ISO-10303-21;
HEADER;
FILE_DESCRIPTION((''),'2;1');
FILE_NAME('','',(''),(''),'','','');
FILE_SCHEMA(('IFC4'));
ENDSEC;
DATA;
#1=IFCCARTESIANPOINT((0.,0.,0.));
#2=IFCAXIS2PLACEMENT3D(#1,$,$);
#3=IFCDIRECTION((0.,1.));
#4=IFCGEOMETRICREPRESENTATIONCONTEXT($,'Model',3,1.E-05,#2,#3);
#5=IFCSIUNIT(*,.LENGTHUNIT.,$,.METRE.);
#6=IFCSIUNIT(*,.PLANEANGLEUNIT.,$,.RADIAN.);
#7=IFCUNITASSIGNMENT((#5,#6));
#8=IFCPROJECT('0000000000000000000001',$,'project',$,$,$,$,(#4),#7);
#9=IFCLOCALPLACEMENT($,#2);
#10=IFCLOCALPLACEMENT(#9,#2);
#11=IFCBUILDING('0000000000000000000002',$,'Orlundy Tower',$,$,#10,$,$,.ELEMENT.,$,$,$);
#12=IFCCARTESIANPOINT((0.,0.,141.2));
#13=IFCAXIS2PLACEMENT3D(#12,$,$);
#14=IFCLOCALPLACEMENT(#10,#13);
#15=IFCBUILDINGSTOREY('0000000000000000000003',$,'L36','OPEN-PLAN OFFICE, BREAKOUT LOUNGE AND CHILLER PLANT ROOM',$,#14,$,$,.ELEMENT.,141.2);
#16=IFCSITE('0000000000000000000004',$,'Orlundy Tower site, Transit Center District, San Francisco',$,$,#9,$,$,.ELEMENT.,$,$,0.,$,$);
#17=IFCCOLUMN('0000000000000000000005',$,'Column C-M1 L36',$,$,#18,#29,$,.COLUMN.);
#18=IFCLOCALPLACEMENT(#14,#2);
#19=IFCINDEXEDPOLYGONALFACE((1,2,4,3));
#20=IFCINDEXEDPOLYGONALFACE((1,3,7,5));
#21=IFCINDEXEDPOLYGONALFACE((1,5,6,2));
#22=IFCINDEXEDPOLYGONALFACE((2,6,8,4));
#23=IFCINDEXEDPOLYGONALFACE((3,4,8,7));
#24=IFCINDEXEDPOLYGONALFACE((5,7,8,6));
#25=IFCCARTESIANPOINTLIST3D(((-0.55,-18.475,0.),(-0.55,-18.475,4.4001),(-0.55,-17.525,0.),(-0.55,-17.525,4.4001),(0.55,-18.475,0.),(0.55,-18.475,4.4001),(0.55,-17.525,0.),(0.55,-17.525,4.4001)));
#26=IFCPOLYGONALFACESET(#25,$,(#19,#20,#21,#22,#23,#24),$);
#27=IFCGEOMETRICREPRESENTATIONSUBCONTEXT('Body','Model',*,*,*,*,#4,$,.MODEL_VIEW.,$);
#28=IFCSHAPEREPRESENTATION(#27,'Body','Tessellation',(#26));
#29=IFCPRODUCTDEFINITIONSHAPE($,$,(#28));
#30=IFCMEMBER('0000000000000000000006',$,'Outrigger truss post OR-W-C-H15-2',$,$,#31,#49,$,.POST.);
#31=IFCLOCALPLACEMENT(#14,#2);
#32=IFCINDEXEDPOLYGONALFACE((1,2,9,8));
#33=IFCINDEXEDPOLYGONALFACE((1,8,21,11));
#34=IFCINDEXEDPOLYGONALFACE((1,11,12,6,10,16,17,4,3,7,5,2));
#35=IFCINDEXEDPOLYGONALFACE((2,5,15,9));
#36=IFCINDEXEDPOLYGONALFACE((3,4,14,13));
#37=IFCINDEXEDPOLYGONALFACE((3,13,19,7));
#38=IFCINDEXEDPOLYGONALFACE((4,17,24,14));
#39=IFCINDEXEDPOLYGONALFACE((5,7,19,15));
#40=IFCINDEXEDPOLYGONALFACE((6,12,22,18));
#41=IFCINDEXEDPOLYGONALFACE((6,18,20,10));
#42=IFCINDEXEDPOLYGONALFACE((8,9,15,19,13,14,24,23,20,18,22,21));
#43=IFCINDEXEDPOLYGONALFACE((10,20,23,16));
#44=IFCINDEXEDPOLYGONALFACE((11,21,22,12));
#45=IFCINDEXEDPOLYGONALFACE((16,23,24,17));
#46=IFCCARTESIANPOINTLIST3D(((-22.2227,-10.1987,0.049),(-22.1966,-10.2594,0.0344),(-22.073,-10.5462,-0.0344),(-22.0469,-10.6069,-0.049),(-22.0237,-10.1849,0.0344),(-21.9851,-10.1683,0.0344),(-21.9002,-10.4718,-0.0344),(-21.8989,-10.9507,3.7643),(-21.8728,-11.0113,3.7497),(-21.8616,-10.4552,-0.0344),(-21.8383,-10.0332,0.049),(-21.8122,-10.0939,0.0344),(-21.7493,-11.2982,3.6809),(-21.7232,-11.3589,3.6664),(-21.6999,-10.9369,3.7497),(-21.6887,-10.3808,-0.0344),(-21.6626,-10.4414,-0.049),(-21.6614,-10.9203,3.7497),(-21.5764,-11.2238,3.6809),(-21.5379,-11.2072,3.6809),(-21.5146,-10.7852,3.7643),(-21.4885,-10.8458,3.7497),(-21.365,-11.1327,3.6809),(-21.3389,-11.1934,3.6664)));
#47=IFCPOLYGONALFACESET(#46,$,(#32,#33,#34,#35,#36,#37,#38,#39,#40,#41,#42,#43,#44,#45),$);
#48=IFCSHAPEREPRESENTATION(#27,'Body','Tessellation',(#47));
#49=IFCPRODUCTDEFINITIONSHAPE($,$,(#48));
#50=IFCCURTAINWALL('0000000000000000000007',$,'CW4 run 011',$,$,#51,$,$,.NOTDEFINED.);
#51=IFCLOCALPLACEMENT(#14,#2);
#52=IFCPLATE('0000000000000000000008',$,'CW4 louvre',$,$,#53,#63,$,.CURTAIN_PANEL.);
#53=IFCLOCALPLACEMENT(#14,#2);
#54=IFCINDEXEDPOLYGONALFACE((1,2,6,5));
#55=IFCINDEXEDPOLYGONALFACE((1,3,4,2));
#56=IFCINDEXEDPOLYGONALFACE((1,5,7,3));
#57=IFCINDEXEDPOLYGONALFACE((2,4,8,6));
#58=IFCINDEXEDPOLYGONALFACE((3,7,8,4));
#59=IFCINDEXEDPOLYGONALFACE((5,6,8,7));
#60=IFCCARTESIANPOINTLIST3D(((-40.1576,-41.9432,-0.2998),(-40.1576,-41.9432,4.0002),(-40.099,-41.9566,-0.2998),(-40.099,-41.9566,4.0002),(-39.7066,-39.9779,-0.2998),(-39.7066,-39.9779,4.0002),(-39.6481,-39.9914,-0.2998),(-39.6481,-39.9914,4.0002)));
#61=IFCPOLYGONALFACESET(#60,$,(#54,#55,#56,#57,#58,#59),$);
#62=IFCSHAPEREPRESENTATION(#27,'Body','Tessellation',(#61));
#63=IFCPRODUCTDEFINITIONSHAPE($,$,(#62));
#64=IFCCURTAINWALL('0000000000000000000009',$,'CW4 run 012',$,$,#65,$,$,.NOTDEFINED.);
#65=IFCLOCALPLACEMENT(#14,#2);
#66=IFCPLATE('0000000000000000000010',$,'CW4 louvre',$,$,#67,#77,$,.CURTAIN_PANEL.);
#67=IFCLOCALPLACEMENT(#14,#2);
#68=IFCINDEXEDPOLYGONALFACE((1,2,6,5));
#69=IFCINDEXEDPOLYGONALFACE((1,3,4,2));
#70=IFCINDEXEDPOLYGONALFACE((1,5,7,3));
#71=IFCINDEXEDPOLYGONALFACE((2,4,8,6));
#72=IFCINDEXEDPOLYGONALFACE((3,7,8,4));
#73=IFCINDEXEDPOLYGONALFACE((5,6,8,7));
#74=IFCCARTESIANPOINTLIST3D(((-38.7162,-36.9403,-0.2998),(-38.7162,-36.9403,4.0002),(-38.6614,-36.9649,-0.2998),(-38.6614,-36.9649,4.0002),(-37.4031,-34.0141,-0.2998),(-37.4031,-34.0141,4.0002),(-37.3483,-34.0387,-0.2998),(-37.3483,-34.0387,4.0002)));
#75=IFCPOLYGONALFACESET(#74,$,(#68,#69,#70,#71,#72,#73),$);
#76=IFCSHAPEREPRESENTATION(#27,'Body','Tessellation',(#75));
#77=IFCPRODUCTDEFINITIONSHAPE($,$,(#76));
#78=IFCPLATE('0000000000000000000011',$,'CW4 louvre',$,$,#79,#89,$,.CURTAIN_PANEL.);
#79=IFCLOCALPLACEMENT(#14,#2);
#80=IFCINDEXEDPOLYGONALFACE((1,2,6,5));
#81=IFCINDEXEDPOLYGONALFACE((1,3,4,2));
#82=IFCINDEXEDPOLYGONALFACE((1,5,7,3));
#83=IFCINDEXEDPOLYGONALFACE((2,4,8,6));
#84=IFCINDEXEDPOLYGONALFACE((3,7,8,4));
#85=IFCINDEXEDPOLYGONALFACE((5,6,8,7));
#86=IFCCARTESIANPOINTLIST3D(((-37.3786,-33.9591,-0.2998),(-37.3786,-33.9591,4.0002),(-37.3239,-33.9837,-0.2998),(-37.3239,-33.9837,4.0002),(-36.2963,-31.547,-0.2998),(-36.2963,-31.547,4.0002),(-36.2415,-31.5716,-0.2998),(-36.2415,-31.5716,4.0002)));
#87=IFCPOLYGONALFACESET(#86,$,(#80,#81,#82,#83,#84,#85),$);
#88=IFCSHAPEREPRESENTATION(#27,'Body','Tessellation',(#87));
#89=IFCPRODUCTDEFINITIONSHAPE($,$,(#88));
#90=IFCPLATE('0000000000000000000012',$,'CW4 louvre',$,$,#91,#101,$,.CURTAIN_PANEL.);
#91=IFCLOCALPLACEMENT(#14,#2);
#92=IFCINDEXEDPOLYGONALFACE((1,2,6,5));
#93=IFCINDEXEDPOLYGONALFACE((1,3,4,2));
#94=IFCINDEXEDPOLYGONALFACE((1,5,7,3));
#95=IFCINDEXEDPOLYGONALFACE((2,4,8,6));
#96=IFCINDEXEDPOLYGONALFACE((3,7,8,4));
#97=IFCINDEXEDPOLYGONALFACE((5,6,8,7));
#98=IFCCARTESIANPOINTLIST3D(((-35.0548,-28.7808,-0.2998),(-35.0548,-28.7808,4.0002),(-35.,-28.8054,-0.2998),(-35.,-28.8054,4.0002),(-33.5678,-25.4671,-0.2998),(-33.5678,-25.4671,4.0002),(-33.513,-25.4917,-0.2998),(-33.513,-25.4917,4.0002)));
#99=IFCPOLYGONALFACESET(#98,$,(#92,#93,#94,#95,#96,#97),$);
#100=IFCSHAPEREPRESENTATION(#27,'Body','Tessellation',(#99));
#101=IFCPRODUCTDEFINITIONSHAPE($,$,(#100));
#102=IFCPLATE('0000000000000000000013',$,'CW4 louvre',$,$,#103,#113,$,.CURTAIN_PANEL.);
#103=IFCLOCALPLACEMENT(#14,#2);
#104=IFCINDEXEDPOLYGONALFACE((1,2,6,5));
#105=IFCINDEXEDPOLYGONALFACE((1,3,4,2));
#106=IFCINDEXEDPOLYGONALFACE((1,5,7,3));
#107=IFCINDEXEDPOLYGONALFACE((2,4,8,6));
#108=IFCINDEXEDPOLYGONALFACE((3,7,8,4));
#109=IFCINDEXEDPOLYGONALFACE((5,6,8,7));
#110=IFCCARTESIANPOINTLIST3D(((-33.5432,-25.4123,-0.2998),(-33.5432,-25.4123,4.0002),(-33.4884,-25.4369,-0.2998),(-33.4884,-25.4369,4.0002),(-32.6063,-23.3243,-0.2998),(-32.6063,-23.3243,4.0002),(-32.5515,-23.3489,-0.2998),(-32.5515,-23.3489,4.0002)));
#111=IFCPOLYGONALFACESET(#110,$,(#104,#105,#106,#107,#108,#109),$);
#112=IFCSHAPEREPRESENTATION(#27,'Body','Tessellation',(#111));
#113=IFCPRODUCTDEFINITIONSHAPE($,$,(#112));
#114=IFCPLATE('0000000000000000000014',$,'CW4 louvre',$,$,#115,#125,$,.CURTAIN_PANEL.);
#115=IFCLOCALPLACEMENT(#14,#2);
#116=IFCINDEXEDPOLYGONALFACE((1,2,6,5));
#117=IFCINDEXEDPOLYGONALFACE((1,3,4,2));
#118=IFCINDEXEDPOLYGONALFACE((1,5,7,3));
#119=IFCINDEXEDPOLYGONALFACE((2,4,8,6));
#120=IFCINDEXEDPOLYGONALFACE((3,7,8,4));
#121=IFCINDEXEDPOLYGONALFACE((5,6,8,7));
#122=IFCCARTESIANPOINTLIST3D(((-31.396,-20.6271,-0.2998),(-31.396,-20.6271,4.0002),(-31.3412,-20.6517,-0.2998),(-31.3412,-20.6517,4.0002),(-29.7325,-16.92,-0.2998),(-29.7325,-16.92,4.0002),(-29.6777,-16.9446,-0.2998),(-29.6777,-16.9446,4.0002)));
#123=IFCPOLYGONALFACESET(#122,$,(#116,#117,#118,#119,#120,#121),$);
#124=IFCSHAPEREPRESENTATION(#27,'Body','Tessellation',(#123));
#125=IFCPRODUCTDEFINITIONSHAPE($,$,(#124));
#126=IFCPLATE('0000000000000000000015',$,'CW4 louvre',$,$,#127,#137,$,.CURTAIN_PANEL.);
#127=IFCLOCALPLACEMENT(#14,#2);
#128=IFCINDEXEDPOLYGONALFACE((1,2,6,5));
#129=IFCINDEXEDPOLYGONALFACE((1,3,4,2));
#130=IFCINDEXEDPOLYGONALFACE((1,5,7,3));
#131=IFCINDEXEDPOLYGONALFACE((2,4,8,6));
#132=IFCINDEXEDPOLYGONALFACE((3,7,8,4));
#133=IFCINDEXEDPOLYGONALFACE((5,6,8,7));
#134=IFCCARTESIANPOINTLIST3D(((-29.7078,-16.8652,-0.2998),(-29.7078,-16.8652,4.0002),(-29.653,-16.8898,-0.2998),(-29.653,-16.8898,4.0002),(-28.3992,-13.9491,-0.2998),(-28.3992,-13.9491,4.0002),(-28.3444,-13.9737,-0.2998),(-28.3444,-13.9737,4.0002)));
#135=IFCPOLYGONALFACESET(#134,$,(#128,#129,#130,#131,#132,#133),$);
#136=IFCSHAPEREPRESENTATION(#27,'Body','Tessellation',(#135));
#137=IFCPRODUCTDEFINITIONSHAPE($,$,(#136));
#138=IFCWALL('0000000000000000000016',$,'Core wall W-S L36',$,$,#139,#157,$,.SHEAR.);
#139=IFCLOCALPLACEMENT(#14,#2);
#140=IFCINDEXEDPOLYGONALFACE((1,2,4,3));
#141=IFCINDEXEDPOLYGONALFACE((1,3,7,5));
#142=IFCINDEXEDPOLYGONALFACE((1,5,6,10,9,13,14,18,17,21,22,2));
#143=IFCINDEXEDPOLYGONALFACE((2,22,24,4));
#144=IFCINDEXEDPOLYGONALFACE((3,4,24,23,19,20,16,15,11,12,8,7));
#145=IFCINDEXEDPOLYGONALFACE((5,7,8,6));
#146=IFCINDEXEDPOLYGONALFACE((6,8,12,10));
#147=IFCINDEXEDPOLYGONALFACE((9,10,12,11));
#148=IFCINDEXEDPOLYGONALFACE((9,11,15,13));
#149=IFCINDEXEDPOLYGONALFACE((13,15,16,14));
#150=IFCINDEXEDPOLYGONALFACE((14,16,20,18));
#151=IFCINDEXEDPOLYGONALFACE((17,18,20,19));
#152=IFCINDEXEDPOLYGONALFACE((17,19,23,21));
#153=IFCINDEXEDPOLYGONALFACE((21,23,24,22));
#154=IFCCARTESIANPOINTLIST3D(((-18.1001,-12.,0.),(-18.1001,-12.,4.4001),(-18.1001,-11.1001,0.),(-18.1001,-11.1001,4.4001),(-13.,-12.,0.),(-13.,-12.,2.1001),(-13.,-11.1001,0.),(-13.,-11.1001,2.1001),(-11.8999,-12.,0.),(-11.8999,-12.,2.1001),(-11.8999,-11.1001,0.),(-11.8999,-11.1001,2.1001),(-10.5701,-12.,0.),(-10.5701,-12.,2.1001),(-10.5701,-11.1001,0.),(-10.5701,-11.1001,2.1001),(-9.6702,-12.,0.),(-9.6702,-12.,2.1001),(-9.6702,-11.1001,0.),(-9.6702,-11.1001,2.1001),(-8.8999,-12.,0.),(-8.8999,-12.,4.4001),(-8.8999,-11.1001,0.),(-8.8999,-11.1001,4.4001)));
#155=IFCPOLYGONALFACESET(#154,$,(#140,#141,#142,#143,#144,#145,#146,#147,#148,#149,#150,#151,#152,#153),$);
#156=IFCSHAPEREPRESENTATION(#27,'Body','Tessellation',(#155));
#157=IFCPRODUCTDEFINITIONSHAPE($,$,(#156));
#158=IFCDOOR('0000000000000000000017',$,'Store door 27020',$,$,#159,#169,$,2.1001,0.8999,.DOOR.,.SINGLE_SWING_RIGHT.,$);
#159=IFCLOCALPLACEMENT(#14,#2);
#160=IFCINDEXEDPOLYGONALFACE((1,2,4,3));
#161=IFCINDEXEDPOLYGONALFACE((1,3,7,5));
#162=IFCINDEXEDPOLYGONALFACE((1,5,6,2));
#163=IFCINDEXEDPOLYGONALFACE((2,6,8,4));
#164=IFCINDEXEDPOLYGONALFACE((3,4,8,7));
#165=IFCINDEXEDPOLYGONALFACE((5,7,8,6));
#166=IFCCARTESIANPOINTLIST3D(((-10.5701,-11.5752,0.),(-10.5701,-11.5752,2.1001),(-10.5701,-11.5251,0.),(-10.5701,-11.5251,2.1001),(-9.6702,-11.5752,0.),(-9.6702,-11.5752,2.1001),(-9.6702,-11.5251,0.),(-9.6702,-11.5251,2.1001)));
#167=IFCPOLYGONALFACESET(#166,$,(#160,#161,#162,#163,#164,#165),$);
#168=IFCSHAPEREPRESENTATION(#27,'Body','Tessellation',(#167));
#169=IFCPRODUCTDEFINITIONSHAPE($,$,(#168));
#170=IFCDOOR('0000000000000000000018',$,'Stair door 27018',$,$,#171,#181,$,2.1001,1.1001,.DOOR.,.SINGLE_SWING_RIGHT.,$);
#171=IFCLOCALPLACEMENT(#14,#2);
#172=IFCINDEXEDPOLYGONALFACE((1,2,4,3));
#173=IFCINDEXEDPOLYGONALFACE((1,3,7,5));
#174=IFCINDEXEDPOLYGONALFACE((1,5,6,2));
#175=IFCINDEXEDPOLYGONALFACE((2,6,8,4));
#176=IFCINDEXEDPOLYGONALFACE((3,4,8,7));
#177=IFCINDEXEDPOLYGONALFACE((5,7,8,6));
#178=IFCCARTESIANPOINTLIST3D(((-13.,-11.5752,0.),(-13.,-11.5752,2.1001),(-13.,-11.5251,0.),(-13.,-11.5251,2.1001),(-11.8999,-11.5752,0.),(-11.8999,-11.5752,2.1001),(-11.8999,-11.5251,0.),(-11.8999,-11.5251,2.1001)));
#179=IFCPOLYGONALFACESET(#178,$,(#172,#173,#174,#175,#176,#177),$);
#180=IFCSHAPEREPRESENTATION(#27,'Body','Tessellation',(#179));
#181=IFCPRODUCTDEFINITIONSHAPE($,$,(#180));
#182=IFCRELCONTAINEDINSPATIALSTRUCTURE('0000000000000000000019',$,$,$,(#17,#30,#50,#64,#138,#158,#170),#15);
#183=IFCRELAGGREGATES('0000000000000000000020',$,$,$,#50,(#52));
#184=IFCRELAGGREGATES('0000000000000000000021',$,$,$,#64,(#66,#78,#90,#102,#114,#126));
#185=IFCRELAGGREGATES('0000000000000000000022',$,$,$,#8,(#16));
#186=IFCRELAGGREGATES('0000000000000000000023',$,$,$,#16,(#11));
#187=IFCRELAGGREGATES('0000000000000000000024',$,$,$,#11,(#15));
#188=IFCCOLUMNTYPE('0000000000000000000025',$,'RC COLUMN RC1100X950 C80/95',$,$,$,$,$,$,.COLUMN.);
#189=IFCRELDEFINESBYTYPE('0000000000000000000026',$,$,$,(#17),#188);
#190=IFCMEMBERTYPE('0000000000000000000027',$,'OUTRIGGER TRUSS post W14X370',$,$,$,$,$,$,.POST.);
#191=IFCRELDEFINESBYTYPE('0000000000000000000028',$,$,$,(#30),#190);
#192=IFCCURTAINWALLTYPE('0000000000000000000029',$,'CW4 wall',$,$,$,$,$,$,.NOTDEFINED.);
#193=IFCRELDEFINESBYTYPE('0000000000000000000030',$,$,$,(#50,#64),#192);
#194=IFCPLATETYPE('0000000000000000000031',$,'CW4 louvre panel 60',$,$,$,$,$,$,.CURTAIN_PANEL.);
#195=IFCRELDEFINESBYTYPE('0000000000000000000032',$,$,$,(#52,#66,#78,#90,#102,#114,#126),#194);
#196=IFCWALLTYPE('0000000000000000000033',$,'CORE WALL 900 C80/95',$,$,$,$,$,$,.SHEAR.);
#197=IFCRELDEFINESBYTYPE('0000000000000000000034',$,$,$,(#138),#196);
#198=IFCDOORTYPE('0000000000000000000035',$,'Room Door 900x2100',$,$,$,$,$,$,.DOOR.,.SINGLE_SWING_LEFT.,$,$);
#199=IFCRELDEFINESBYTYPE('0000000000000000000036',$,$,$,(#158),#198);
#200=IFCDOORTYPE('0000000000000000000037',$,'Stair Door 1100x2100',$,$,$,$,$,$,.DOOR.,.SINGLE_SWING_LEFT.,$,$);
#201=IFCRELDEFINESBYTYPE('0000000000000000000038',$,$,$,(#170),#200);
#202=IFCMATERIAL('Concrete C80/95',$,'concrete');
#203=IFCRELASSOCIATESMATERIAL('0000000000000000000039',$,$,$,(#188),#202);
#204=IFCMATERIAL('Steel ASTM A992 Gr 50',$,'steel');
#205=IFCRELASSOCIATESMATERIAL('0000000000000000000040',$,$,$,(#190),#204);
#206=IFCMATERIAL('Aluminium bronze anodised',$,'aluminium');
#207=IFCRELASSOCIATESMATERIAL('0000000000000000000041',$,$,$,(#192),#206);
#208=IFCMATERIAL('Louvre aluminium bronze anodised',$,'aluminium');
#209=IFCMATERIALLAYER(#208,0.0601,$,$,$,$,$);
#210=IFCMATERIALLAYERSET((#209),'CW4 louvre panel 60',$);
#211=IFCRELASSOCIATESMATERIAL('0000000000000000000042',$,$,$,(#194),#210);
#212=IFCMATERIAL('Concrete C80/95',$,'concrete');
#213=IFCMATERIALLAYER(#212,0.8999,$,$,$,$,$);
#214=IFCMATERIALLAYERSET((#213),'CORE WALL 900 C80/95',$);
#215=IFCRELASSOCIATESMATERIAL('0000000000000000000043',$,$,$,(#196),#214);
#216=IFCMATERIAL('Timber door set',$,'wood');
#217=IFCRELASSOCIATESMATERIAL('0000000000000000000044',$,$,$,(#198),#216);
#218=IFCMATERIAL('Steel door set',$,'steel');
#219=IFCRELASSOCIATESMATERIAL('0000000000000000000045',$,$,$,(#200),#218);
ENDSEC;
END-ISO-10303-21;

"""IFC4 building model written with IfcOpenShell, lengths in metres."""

from ifc_helpers import new_model, si_unit, direction, frame, frame_2d, origin, origin_2d, place, context, subcontext, project, spatial, rectangle, i_section, extrude, material, layer, layer_set, material_profile, profile_set, type_object, element, fill, aggregate, save


model = new_model("IFC4")

# Units and contexts
model_context = context("Model", 3, precision=1e-05, world=origin(), true_north=direction((0.0, 1.0)))
body_context = subcontext(model_context, "Body", "Model", "MODEL_VIEW")
ifc_project = project(units=[si_unit("LENGTHUNIT", "METRE"), si_unit("PLANEANGLEUNIT", "RADIAN")], contexts=[model_context])

# Site, building, storey
site_placement = place(None, origin())
site = spatial("IfcSite", under=ifc_project, at=site_placement, Name="Orlundy Tower site, Transit Center District, San Francisco", CompositionType="ELEMENT", RefElevation=0.0)
building_placement = place(site_placement, origin())
building = spatial("IfcBuilding", under=site, at=building_placement, Name="Orlundy Tower", CompositionType="ELEMENT")
storey_placement = place(building_placement, frame((0.0, 0.0, 141.2)))
storey = spatial("IfcBuildingStorey", under=building, at=storey_placement, Name="L36", Description="OPEN-PLAN OFFICE, BREAKOUT LOUNGE AND CHILLER PLANT ROOM", CompositionType="ELEMENT", Elevation=141.2)

# Column
ifc_material_1 = material(Name="Concrete C80/95", Category="concrete")
ifc_material_profile_1 = material_profile(ifc_material_1, rectangle(XDim=1.1001, YDim=0.95, at=origin_2d()), Name="RC1100X950")
ifc_profile_set_1 = profile_set([ifc_material_profile_1], Name="Concrete C80/95")
column_type = type_object("IfcColumnType", Name="RC COLUMN RC1100X950 C80/95", PredefinedType="COLUMN", material=ifc_profile_set_1)
column_placement = place(storey_placement, frame((0.0, -18.0, 0.0), z_axis=(0.0, 0.0, 1.0), x_axis=(1.0, 0.0, 0.0)))
element("IfcColumn", 1, at=column_placement, inside=storey, type_object=column_type, Name="Column C-M1 L36", PredefinedType="COLUMN", context=body_context, shape_type="SweptSolid", body=[
    extrude(rectangle(XDim=1.1001, YDim=0.95, at=origin_2d()), origin(), (0.0, 0.0, 1.0), 4.4001),
])

# Member
ifc_material_2 = material(Name="Steel ASTM A992 Gr 50", Category="steel")
ifc_material_profile_2 = material_profile(ifc_material_2, i_section(OverallWidth=0.4185, OverallDepth=0.4551, WebThickness=0.042, FlangeThickness=0.0676, at=origin_2d()), Name="W14X370")
ifc_profile_set_2 = profile_set([ifc_material_profile_2], Name="Steel ASTM A992 Gr 50")
member_type = type_object("IfcMemberType", Name="OUTRIGGER TRUSS post W14X370", PredefinedType="POST", material=ifc_profile_set_2)
member_placement = place(storey_placement, frame((-21.9426, -10.3201, 0.0), z_axis=(0.085092, -0.19765, 0.976572), x_axis=(0.918496, 0.39543, 0.0)))
element("IfcMember", 2, at=member_placement, inside=storey, type_object=member_type, Name="Outrigger truss post OR-W-C-H15-2", PredefinedType="POST", context=body_context, shape_type="SweptSolid", body=[
    extrude(i_section(OverallWidth=0.4185, OverallDepth=0.4551, WebThickness=0.042, FlangeThickness=0.0676, at=origin_2d()), origin(), (0.0, 0.0, 1.0), 3.8044),
])

# Curtain wall, plate
ifc_material_3 = material(Name="Aluminium bronze anodised", Category="aluminium")
curtain_wall_type = type_object("IfcCurtainWallType", Name="CW4 wall", PredefinedType="NOTDEFINED", material=ifc_material_3)
curtain_wall_1_placement = place(storey_placement, origin())
curtain_wall_1 = element("IfcCurtainWall", 3, at=curtain_wall_1_placement, inside=storey, type_object=curtain_wall_type, Name="CW4 run 011", PredefinedType="NOTDEFINED")
ifc_material_4 = material(Name="Louvre aluminium bronze anodised", Category="aluminium")
ifc_layer_1 = layer(ifc_material_4, 0.0601)
ifc_layer_set_1 = layer_set([ifc_layer_1], Name="CW4 louvre panel 60")
plate_type = type_object("IfcPlateType", Name="CW4 louvre panel 60", PredefinedType="CURTAIN_PANEL", material=ifc_layer_set_1)
plate_1_placement = place(storey_placement, frame((-39.9028, -40.9673, -0.2998), z_axis=(0.0, 0.0, 1.0), x_axis=(0.223638, 0.974672, 0.0)))
plate_1 = element("IfcPlate", 4, at=plate_1_placement, type_object=plate_type, Name="CW4 louvre", PredefinedType="CURTAIN_PANEL", context=body_context, shape_type="SweptSolid", body=[
    extrude(rectangle(XDim=2.0164, YDim=0.0601, at=origin_2d()), origin(), (0.0, 0.0, 1.0), 4.3),
])
aggregate(curtain_wall_1, [plate_1])

# Curtain wall, plates
curtain_wall_2_placement = place(storey_placement, origin())
curtain_wall_2 = element("IfcCurtainWall", 5, at=curtain_wall_2_placement, inside=storey, type_object=curtain_wall_type, Name="CW4 run 012", PredefinedType="NOTDEFINED")
plate_2_placement = place(storey_placement, frame((-38.0322, -35.4895, -0.2998), z_axis=(0.0, 0.0, 1.0), x_axis=(0.409404, 0.912353, 0.0)))
plate_2 = element("IfcPlate", 6, at=plate_2_placement, type_object=plate_type, Name="CW4 louvre", PredefinedType="CURTAIN_PANEL", context=body_context, shape_type="SweptSolid", body=[
    extrude(rectangle(XDim=3.2073, YDim=0.0601, at=origin_2d()), origin(), (0.0, 0.0, 1.0), 4.3),
])
plate_3_placement = place(storey_placement, frame((-36.8101, -32.7654, -0.2998), z_axis=(0.0, 0.0, 1.0), x_axis=(0.409404, 0.912353, 0.0)))
plate_3 = element("IfcPlate", 7, at=plate_3_placement, type_object=plate_type, Name="CW4 louvre", PredefinedType="CURTAIN_PANEL", context=body_context, shape_type="SweptSolid", body=[
    extrude(rectangle(XDim=2.6438, YDim=0.0601, at=origin_2d()), origin(), (0.0, 0.0, 1.0), 4.3),
])
plate_4_placement = place(storey_placement, frame((-34.2839, -27.1362, -0.2998), z_axis=(0.0, 0.0, 1.0), x_axis=(0.409404, 0.912353, 0.0)))
plate_4 = element("IfcPlate", 8, at=plate_4_placement, type_object=plate_type, Name="CW4 louvre", PredefinedType="CURTAIN_PANEL", context=body_context, shape_type="SweptSolid", body=[
    extrude(rectangle(XDim=3.6321, YDim=0.0601, at=origin_2d()), origin(), (0.0, 0.0, 1.0), 4.3),
])
plate_5_placement = place(storey_placement, frame((-33.0474, -24.3806, -0.2998), z_axis=(0.0, 0.0, 1.0), x_axis=(0.409404, 0.912353, 0.0)))
plate_5 = element("IfcPlate", 9, at=plate_5_placement, type_object=plate_type, Name="CW4 louvre", PredefinedType="CURTAIN_PANEL", context=body_context, shape_type="SweptSolid", body=[
    extrude(rectangle(XDim=2.2886, YDim=0.0601, at=origin_2d()), origin(), (0.0, 0.0, 1.0), 4.3),
])
plate_6_placement = place(storey_placement, frame((-30.5369, -18.7859, -0.2998), z_axis=(0.0, 0.0, 1.0), x_axis=(0.409404, 0.912353, 0.0)))
plate_6 = element("IfcPlate", 10, at=plate_6_placement, type_object=plate_type, Name="CW4 louvre", PredefinedType="CURTAIN_PANEL", context=body_context, shape_type="SweptSolid", body=[
    extrude(rectangle(XDim=4.0632, YDim=0.0601, at=origin_2d()), origin(), (0.0, 0.0, 1.0), 4.3),
])
plate_7_placement = place(storey_placement, frame((-29.0261, -15.4194, -0.2998), z_axis=(0.0, 0.0, 1.0), x_axis=(0.409404, 0.912353, 0.0)))
plate_7 = element("IfcPlate", 11, at=plate_7_placement, type_object=plate_type, Name="CW4 louvre", PredefinedType="CURTAIN_PANEL", context=body_context, shape_type="SweptSolid", body=[
    extrude(rectangle(XDim=3.1963, YDim=0.0601, at=origin_2d()), origin(), (0.0, 0.0, 1.0), 4.3),
])
aggregate(curtain_wall_2, [plate_2, plate_3, plate_4, plate_5, plate_6, plate_7])

# Wall, openings, doors
ifc_material_5 = material(Name="Concrete C80/95", Category="concrete")
ifc_layer_2 = layer(ifc_material_5, 0.8999)
ifc_layer_set_2 = layer_set([ifc_layer_2], Name="CORE WALL 900 C80/95")
wall_type = type_object("IfcWallType", Name="CORE WALL 900 C80/95", PredefinedType="SHEAR", material=ifc_layer_set_2)
wall_1_placement = place(storey_placement, frame((-18.1001, -11.55, 0.0), z_axis=(0.0, 0.0, 1.0), x_axis=(1.0, 0.0, 0.0)))
wall_1 = element("IfcWall", 12, at=wall_1_placement, inside=storey, type_object=wall_type, Name="Core wall W-S L36", PredefinedType="SHEAR", context=body_context, shape_type="SweptSolid", body=[
    extrude(rectangle(XDim=9.2002, YDim=0.8999, at=frame_2d((4.6001, 0.0))), origin(), (0.0, 0.0, 1.0), 4.4001),
])
opening_1_placement = place(wall_1_placement, frame((5.1001, 0.0, 0.0)))
opening_1 = element("IfcOpeningElement", 13, at=opening_1_placement, cuts=wall_1, PredefinedType="OPENING", context=body_context, shape_type="SweptSolid", body=[
    extrude(rectangle(XDim=1.1001, YDim=2.1001, at=frame_2d((0.55, 1.05))), frame((0.0, 0.46, 0.0), z_axis=(0.0, -1.0, 0.0), x_axis=(1.0, 0.0, 0.0)), (0.0, 0.0, 1.0), 0.9199),
])
opening_2_placement = place(wall_1_placement, frame((7.53, 0.0, 0.0)))
opening_2 = element("IfcOpeningElement", 14, at=opening_2_placement, cuts=wall_1, PredefinedType="OPENING", context=body_context, shape_type="SweptSolid", body=[
    extrude(rectangle(XDim=0.8999, YDim=2.1001, at=frame_2d((0.45, 1.05))), frame((0.0, 0.46, 0.0), z_axis=(0.0, -1.0, 0.0), x_axis=(1.0, 0.0, 0.0)), (0.0, 0.0, 1.0), 0.9199),
])
ifc_material_6 = material(Name="Timber door set", Category="wood")
door_type_1 = type_object("IfcDoorType", Name="Room Door 900x2100", OperationType="SINGLE_SWING_LEFT", PredefinedType="DOOR", material=ifc_material_6)
door_1_placement = place(opening_2_placement, origin())
door_1 = element("IfcDoor", 15, at=door_1_placement, inside=storey, type_object=door_type_1, Name="Store door 27020", OperationType="SINGLE_SWING_RIGHT", OverallHeight=2.1001, OverallWidth=0.8999, PredefinedType="DOOR", context=body_context, shape_type="SweptSolid", body=[
    extrude(rectangle(XDim=0.8999, YDim=2.1001, at=frame_2d((0.45, 1.05))), frame((0.0, 0.0249, 0.0), z_axis=(0.0, -1.0, 0.0), x_axis=(1.0, 0.0, 0.0)), (0.0, 0.0, 1.0), 0.05),
])
fill(opening_2, door_1)
ifc_material_7 = material(Name="Steel door set", Category="steel")
door_type_2 = type_object("IfcDoorType", Name="Stair Door 1100x2100", OperationType="SINGLE_SWING_LEFT", PredefinedType="DOOR", material=ifc_material_7)
door_2_placement = place(opening_1_placement, origin())
door_2 = element("IfcDoor", 16, at=door_2_placement, inside=storey, type_object=door_type_2, Name="Stair door 27018", OperationType="SINGLE_SWING_RIGHT", OverallHeight=2.1001, OverallWidth=1.1001, PredefinedType="DOOR", context=body_context, shape_type="SweptSolid", body=[
    extrude(rectangle(XDim=1.1001, YDim=2.1001, at=frame_2d((0.55, 1.05))), frame((0.0, 0.0249, 0.0), z_axis=(0.0, -1.0, 0.0), x_axis=(1.0, 0.0, 0.0)), (0.0, 0.0, 1.0), 0.05),
])
fill(opening_1, door_2)

save(model, "model.ifc")
